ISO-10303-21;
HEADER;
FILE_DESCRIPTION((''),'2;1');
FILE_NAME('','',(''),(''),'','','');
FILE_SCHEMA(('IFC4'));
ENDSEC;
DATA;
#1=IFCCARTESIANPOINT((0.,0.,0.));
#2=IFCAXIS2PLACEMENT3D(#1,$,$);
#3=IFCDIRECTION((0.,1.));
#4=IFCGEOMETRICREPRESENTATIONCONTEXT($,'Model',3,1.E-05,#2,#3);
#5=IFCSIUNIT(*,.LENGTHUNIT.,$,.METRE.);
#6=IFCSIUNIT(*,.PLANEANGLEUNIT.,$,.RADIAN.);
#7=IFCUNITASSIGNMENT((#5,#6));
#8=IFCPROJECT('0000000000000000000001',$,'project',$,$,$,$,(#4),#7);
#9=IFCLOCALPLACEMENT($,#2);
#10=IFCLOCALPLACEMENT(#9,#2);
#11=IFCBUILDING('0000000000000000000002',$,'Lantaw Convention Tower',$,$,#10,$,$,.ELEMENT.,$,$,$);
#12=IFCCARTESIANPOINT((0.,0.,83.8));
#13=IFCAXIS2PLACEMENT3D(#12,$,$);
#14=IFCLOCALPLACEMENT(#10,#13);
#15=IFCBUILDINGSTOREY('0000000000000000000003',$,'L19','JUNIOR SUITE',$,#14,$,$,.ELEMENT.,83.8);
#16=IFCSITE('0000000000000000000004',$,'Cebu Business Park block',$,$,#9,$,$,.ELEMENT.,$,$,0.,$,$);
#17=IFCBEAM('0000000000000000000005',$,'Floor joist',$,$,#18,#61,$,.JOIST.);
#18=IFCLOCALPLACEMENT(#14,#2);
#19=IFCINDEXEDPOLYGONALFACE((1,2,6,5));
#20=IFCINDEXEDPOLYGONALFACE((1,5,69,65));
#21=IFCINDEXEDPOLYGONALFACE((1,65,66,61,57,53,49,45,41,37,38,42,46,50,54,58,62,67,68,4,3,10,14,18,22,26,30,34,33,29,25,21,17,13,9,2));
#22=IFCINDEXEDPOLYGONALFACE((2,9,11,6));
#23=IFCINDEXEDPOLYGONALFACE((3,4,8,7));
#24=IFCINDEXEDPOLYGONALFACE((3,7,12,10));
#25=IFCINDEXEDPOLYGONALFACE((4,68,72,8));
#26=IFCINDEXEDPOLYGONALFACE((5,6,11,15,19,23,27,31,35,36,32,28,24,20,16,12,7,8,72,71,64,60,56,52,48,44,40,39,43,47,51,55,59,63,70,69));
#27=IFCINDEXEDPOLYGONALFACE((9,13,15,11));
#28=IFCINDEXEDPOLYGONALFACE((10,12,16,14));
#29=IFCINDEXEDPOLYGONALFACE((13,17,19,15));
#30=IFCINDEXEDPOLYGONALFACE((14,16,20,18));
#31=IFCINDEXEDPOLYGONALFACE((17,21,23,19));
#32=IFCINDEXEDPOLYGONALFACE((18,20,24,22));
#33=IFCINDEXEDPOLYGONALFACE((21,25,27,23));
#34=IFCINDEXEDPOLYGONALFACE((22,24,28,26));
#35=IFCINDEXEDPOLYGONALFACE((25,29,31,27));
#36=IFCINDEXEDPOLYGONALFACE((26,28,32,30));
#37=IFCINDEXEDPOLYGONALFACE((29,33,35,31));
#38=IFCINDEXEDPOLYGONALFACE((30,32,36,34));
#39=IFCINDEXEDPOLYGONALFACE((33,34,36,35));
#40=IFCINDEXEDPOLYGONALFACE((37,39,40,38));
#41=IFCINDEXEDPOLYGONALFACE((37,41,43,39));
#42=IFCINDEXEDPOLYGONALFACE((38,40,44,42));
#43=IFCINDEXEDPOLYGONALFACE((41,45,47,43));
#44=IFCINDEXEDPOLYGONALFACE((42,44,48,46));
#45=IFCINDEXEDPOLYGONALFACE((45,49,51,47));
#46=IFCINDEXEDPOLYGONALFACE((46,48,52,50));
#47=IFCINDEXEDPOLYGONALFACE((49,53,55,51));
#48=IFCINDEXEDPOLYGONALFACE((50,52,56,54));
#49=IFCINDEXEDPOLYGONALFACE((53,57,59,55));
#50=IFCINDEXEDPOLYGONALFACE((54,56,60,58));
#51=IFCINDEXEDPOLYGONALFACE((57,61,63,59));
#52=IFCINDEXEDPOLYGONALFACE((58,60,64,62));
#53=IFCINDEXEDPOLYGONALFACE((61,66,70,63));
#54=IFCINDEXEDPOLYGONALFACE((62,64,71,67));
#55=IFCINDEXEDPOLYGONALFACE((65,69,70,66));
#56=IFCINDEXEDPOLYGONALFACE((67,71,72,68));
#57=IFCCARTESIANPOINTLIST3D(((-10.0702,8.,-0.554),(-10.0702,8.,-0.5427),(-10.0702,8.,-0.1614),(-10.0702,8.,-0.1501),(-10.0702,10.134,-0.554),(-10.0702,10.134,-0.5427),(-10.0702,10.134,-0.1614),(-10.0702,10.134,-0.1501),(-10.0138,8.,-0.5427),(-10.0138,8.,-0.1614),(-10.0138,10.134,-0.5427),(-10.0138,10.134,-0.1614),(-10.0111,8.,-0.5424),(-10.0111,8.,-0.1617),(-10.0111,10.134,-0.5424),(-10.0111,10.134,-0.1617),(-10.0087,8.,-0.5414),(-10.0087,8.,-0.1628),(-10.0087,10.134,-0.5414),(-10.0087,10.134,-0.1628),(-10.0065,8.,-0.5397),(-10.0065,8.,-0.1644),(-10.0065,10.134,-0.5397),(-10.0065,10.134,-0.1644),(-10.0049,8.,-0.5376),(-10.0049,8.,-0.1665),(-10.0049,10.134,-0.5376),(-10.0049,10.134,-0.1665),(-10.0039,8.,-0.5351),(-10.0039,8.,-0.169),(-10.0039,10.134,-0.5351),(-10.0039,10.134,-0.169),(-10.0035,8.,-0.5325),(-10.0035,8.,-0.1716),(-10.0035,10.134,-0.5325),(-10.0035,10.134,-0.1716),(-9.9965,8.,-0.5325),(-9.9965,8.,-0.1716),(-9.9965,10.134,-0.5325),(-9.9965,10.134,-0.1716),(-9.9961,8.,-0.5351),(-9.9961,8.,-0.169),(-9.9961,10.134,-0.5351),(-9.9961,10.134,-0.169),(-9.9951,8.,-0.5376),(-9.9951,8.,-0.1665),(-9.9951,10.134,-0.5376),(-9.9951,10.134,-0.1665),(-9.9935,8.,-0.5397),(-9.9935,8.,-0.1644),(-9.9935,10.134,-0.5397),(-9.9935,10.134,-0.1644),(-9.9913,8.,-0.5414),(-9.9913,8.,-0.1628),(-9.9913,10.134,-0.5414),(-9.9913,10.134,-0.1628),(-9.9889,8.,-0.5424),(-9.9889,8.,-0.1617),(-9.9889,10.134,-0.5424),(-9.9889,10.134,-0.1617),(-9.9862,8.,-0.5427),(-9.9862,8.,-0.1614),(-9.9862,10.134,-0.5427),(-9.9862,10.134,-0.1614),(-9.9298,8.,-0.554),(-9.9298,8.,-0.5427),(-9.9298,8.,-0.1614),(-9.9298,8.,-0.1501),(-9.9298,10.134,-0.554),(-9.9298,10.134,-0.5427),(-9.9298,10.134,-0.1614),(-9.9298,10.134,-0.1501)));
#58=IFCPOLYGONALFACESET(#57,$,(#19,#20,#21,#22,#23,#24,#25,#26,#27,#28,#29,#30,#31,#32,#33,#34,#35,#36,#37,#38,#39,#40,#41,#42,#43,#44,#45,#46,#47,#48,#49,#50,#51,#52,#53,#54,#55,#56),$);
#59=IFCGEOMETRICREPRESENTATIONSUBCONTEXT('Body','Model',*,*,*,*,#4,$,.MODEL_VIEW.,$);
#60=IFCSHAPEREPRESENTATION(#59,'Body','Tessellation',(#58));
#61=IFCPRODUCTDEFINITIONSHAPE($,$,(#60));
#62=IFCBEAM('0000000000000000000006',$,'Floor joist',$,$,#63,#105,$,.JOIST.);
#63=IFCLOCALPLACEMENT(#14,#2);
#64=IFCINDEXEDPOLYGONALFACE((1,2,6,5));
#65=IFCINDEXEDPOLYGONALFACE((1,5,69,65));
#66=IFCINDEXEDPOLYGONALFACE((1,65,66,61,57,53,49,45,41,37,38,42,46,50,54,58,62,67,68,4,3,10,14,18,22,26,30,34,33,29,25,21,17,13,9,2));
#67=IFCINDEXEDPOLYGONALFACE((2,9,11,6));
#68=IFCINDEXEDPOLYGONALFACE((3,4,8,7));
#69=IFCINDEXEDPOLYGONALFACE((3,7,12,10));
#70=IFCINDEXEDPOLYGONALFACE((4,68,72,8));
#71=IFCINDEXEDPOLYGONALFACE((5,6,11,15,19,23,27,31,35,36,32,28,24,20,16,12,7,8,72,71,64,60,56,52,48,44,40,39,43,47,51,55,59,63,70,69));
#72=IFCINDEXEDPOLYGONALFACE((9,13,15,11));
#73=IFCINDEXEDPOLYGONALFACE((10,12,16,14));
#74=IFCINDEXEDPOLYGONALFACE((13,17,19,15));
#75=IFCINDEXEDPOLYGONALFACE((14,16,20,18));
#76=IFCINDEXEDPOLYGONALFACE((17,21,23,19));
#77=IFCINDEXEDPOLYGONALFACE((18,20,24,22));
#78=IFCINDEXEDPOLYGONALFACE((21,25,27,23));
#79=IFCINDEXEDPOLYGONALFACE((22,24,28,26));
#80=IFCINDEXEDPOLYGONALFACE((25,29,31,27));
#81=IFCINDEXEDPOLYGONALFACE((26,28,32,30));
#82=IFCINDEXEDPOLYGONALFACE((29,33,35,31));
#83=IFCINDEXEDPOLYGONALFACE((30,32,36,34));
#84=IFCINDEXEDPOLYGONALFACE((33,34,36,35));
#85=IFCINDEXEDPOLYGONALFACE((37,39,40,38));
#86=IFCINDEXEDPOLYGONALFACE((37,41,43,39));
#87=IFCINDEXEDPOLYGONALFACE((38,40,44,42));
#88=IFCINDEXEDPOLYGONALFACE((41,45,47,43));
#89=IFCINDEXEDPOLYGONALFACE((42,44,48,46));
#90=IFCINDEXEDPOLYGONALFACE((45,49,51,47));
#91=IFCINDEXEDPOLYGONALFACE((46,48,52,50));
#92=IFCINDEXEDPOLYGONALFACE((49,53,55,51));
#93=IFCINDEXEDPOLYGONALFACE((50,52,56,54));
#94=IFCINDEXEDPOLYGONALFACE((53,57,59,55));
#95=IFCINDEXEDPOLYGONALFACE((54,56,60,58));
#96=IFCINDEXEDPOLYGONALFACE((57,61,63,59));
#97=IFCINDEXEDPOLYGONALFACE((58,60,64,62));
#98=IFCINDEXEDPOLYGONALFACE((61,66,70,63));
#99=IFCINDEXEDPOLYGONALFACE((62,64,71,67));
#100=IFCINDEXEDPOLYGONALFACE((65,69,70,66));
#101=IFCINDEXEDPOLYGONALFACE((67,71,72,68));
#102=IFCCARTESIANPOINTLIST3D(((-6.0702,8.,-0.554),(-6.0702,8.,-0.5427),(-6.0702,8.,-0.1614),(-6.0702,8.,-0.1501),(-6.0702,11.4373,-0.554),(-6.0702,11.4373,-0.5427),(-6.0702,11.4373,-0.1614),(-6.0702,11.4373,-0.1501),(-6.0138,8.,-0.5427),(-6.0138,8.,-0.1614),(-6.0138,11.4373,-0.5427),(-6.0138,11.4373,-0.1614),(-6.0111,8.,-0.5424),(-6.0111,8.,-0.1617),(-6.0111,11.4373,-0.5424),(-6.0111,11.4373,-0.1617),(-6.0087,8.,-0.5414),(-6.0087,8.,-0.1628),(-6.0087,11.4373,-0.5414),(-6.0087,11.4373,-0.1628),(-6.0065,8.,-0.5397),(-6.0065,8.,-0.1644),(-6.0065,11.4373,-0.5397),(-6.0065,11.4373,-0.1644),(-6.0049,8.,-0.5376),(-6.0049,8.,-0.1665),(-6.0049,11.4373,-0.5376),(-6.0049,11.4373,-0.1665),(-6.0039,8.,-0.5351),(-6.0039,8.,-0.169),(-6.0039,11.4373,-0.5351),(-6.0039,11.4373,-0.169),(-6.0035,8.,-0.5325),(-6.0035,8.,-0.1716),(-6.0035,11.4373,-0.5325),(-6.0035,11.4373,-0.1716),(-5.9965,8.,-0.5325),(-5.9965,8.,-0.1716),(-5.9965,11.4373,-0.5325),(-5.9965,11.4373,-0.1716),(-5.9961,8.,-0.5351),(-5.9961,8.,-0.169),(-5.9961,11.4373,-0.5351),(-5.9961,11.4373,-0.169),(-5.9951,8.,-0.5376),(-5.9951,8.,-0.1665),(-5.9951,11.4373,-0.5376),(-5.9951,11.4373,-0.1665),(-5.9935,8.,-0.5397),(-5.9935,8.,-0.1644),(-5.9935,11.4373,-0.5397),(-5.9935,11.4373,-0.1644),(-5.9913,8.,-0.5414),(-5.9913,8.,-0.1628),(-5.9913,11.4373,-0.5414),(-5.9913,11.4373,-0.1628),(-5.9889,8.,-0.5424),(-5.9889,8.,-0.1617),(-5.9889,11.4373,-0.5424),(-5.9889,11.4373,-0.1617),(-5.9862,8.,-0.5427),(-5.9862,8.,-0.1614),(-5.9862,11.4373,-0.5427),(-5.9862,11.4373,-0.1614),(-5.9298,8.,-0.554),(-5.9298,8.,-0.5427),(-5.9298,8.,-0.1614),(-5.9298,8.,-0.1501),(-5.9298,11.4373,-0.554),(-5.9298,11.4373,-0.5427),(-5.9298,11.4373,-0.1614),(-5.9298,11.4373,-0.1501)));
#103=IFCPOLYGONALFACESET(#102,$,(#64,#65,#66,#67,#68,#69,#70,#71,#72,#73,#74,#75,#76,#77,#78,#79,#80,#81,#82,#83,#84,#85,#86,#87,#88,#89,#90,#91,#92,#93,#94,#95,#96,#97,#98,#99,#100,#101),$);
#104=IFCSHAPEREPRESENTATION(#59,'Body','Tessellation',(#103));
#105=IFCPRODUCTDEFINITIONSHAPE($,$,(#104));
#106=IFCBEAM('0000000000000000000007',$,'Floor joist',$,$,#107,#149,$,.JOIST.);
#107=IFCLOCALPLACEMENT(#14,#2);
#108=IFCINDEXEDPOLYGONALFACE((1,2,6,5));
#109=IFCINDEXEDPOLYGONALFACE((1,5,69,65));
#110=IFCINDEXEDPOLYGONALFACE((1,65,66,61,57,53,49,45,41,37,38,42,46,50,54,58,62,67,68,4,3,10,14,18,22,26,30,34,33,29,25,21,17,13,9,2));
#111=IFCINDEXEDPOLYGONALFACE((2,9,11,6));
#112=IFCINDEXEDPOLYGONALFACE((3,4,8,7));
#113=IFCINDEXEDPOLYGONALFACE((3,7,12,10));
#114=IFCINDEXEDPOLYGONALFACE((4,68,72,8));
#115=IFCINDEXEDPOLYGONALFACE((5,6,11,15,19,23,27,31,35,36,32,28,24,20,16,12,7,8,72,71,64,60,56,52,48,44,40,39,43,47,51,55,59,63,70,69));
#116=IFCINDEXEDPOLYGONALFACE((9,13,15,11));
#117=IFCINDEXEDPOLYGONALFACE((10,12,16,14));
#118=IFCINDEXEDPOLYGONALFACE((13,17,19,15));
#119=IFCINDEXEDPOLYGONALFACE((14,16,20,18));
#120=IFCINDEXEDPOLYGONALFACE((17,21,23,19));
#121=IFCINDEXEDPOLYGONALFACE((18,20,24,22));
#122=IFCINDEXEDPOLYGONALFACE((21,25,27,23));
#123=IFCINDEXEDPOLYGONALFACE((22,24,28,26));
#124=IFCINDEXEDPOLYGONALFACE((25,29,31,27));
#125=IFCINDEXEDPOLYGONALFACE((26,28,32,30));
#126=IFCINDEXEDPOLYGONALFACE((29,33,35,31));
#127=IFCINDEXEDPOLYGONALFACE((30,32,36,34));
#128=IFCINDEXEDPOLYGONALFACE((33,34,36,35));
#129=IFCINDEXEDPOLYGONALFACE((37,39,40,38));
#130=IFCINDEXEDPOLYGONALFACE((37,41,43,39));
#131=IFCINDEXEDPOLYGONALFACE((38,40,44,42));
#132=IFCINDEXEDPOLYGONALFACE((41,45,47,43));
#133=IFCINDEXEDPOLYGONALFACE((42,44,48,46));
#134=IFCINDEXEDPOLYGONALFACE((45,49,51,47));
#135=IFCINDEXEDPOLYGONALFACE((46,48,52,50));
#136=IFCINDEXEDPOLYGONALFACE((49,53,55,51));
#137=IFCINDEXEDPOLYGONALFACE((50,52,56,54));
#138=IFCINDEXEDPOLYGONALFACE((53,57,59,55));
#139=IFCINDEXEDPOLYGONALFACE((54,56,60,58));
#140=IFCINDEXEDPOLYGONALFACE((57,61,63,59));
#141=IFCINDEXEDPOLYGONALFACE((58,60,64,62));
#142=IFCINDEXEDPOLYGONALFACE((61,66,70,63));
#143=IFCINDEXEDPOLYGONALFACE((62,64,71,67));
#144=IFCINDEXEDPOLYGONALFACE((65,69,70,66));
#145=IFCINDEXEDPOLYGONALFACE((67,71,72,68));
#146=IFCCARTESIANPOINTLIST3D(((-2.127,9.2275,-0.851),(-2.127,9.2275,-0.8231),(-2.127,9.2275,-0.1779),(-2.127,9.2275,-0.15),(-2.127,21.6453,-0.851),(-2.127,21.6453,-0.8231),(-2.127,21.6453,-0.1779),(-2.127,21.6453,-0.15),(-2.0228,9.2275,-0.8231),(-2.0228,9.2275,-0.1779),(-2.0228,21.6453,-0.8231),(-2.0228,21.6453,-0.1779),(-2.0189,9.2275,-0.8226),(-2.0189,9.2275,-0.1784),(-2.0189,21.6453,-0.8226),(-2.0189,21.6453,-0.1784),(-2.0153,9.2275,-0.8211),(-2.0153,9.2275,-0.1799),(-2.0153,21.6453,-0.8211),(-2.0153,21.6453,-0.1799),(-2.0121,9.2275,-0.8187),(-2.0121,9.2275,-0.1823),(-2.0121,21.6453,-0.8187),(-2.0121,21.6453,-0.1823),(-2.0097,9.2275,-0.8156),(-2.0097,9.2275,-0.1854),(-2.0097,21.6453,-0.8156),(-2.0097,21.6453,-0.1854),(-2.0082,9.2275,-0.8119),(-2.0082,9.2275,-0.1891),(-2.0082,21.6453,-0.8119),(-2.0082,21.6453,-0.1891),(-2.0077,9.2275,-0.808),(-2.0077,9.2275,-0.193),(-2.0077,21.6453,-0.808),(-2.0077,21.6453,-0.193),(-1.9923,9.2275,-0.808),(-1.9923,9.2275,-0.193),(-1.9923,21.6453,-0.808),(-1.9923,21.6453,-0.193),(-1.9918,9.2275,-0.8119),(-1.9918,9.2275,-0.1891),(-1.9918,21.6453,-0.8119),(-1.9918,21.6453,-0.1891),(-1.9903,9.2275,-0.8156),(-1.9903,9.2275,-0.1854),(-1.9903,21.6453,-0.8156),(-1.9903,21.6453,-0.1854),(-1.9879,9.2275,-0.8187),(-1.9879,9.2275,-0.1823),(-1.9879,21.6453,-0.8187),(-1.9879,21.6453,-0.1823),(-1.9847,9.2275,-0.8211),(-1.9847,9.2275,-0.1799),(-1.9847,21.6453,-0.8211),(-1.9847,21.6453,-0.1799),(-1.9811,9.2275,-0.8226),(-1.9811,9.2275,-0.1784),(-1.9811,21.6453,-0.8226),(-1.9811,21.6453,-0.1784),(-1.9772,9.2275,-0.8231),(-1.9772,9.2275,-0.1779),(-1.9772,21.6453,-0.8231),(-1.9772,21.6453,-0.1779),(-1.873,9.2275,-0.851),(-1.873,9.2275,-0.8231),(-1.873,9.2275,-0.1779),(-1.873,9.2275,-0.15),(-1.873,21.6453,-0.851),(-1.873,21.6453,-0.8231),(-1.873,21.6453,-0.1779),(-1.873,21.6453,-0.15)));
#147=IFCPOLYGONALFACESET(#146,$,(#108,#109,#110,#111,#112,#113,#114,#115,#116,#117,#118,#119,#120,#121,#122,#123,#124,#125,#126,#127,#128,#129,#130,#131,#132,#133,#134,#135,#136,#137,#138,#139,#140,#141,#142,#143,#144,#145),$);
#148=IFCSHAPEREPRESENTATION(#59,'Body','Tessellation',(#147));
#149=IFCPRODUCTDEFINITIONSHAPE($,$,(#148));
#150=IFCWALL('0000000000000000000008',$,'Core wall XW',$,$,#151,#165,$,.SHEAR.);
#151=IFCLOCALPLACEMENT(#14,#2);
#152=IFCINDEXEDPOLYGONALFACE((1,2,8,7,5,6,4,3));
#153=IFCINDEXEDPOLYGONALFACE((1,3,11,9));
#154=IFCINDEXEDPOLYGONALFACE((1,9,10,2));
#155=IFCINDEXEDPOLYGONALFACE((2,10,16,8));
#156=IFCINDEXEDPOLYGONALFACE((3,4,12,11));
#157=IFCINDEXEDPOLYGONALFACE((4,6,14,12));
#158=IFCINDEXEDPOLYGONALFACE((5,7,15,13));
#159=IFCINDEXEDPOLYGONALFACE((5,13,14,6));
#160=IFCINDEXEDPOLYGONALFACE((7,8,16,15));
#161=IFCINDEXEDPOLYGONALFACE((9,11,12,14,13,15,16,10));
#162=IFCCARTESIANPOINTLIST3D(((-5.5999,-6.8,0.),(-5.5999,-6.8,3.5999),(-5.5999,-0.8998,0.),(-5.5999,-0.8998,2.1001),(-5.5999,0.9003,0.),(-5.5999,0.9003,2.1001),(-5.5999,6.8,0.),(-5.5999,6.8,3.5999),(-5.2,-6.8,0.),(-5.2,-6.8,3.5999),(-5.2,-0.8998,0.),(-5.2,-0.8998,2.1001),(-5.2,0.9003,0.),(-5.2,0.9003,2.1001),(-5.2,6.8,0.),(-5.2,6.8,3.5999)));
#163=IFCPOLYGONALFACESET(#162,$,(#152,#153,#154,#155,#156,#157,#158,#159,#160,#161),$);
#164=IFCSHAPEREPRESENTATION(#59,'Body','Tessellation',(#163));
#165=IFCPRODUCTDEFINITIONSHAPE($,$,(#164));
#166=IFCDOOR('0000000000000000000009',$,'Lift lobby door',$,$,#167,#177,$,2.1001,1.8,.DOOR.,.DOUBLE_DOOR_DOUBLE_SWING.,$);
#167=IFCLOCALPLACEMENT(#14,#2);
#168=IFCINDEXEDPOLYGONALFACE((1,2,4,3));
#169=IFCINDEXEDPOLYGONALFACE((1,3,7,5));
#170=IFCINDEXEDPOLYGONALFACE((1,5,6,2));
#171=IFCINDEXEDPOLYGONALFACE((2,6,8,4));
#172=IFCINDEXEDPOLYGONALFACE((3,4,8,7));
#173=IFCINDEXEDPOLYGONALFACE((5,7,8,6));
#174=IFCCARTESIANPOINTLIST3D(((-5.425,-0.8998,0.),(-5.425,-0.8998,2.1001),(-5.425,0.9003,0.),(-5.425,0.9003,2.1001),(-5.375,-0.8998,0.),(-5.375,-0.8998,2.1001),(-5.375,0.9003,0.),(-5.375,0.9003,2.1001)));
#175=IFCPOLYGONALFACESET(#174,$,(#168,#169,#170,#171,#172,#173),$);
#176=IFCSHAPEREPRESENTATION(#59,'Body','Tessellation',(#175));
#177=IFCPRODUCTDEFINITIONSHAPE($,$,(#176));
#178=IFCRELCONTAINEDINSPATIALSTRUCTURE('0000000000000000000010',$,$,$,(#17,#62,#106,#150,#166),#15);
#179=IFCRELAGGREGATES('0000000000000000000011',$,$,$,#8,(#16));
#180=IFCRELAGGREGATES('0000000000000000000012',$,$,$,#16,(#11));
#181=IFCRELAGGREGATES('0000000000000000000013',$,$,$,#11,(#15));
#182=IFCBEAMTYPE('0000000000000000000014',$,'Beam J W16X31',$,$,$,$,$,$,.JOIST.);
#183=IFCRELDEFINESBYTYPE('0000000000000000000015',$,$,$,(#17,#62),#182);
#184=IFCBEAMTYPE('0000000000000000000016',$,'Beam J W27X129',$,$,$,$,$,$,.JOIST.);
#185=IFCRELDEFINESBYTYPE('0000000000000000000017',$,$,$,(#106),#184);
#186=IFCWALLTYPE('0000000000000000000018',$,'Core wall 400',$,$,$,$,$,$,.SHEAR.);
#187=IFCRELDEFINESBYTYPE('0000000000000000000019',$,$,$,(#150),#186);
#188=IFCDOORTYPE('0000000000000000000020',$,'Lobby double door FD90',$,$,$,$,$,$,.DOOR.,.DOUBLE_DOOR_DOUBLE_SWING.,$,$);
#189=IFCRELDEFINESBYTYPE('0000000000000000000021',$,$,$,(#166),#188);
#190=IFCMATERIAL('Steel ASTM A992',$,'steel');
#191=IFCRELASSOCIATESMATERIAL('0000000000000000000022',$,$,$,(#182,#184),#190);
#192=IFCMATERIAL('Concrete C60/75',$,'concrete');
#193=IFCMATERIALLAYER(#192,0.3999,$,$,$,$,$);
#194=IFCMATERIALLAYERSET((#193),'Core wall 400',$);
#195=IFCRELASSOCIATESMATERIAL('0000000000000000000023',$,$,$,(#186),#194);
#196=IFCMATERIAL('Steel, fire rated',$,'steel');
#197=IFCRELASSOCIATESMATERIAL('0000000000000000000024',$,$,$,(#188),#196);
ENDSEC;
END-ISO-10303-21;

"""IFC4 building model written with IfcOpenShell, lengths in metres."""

from ifc_helpers import new_model, si_unit, direction, frame, frame_2d, origin, origin_2d, place, context, subcontext, project, spatial, rectangle, i_section, extrude, material, layer, layer_set, material_profile, profile_set, type_object, element, fill, save


model = new_model("IFC4")

# Units and contexts
model_context = context("Model", 3, precision=1e-05, world=origin(), true_north=direction((0.0, 1.0)))
body_context = subcontext(model_context, "Body", "Model", "MODEL_VIEW")
ifc_project = project(units=[si_unit("LENGTHUNIT", "METRE"), si_unit("PLANEANGLEUNIT", "RADIAN")], contexts=[model_context])

# Site, building, storey
site_placement = place(None, origin())
site = spatial("IfcSite", under=ifc_project, at=site_placement, Name="Cebu Business Park block", CompositionType="ELEMENT", RefElevation=0.0)
building_placement = place(site_placement, origin())
building = spatial("IfcBuilding", under=site, at=building_placement, Name="Lantaw Convention Tower", CompositionType="ELEMENT")
storey_placement = place(building_placement, frame((0.0, 0.0, 83.8)))
storey = spatial("IfcBuildingStorey", under=building, at=storey_placement, Name="L19", Description="JUNIOR SUITE", CompositionType="ELEMENT", Elevation=83.8)

# Beams
ifc_material_1 = material(Name="Steel ASTM A992", Category="steel")
ifc_material_profile_1 = material_profile(ifc_material_1, i_section(OverallWidth=0.1404, OverallDepth=0.4038, WebThickness=0.0071, FlangeThickness=0.0112, FilletRadius=0.0103, at=origin_2d()), Name="W16X31")
ifc_profile_set_1 = profile_set([ifc_material_profile_1], Name="Steel ASTM A992")
beam_type_1 = type_object("IfcBeamType", Name="Beam J W16X31", PredefinedType="JOIST", material=ifc_profile_set_1)
beam_1_placement = place(storey_placement, frame((-10.0, 8.0, -0.3521), z_axis=(0.0, 1.0, 0.0), x_axis=(-1.0, 0.0, 0.0)))
element("IfcBeam", 1, at=beam_1_placement, inside=storey, type_object=beam_type_1, Name="Floor joist", PredefinedType="JOIST", context=body_context, shape_type="SweptSolid", body=[
    extrude(i_section(OverallWidth=0.1404, OverallDepth=0.4038, WebThickness=0.0071, FlangeThickness=0.0112, FilletRadius=0.0103, at=origin_2d()), origin(), (0.0, 0.0, 1.0), 2.134),
])
beam_2_placement = place(storey_placement, frame((-6.0, 8.0, -0.3521), z_axis=(0.0, 1.0, 0.0), x_axis=(-1.0, 0.0, 0.0)))
element("IfcBeam", 2, at=beam_2_placement, inside=storey, type_object=beam_type_1, Name="Floor joist", PredefinedType="JOIST", context=body_context, shape_type="SweptSolid", body=[
    extrude(i_section(OverallWidth=0.1404, OverallDepth=0.4038, WebThickness=0.0071, FlangeThickness=0.0112, FilletRadius=0.0103, at=origin_2d()), origin(), (0.0, 0.0, 1.0), 3.4373),
])
ifc_material_profile_2 = material_profile(ifc_material_1, i_section(OverallWidth=0.2539, OverallDepth=0.7009, WebThickness=0.0154, FlangeThickness=0.0278, FilletRadius=0.0151, at=origin_2d()), Name="W27X129")
ifc_profile_set_2 = profile_set([ifc_material_profile_2], Name="Steel ASTM A992")
beam_type_2 = type_object("IfcBeamType", Name="Beam J W27X129", PredefinedType="JOIST", material=ifc_profile_set_2)
beam_3_placement = place(storey_placement, frame((-2.0, 9.2275, -0.5005), z_axis=(0.0, 1.0, 0.0), x_axis=(-1.0, 0.0, 0.0)))
element("IfcBeam", 3, at=beam_3_placement, inside=storey, type_object=beam_type_2, Name="Floor joist", PredefinedType="JOIST", context=body_context, shape_type="SweptSolid", body=[
    extrude(i_section(OverallWidth=0.2539, OverallDepth=0.7009, WebThickness=0.0154, FlangeThickness=0.0278, FilletRadius=0.0151, at=origin_2d()), origin(), (0.0, 0.0, 1.0), 12.4177),
])

# Wall, opening, door
ifc_material_2 = material(Name="Concrete C60/75", Category="concrete")
ifc_layer_1 = layer(ifc_material_2, 0.3999)
ifc_layer_set_1 = layer_set([ifc_layer_1], Name="Core wall 400")
wall_type_1 = type_object("IfcWallType", Name="Core wall 400", PredefinedType="SHEAR", material=ifc_layer_set_1)
wall_1_placement = place(storey_placement, frame((-5.3999, 6.8, 0.0), z_axis=(0.0, 0.0, 1.0), x_axis=(0.0, -1.0, 0.0)))
wall_1 = element("IfcWall", 4, at=wall_1_placement, inside=storey, type_object=wall_type_1, Name="Core wall XW", PredefinedType="SHEAR", context=body_context, shape_type="SweptSolid", body=[
    extrude(rectangle(XDim=13.6001, YDim=0.3999, at=frame_2d((6.8, 0.0))), origin(), (0.0, 0.0, 1.0), 3.5999),
])
opening_placement = place(wall_1_placement, frame((5.8999, 0.0, 0.0)))
opening = element("IfcOpeningElement", 5, at=opening_placement, cuts=wall_1, PredefinedType="OPENING", context=body_context, shape_type="SweptSolid", body=[
    extrude(rectangle(XDim=1.8, YDim=2.1001, at=frame_2d((0.8999, 1.05))), frame((0.0, 0.21, 0.0), z_axis=(0.0, -1.0, 0.0), x_axis=(1.0, 0.0, 0.0)), (0.0, 0.0, 1.0), 0.4199),
])
ifc_material_3 = material(Name="Steel, fire rated", Category="steel")
door_type = type_object("IfcDoorType", Name="Lobby double door FD90", OperationType="DOUBLE_DOOR_DOUBLE_SWING", PredefinedType="DOOR", material=ifc_material_3)
door_placement = place(opening_placement, origin())
door = element("IfcDoor", 6, at=door_placement, inside=storey, type_object=door_type, Name="Lift lobby door", OperationType="DOUBLE_DOOR_DOUBLE_SWING", OverallHeight=2.1001, OverallWidth=1.8, PredefinedType="DOOR", context=body_context, shape_type="SweptSolid", body=[
    extrude(rectangle(XDim=1.8, YDim=2.1001, at=frame_2d((0.8999, 1.05))), frame((0.0, 0.0249, 0.0), z_axis=(0.0, -1.0, 0.0), x_axis=(1.0, 0.0, 0.0)), (0.0, 0.0, 1.0), 0.05),
])
fill(opening, door)

save(model, "model.ifc")
